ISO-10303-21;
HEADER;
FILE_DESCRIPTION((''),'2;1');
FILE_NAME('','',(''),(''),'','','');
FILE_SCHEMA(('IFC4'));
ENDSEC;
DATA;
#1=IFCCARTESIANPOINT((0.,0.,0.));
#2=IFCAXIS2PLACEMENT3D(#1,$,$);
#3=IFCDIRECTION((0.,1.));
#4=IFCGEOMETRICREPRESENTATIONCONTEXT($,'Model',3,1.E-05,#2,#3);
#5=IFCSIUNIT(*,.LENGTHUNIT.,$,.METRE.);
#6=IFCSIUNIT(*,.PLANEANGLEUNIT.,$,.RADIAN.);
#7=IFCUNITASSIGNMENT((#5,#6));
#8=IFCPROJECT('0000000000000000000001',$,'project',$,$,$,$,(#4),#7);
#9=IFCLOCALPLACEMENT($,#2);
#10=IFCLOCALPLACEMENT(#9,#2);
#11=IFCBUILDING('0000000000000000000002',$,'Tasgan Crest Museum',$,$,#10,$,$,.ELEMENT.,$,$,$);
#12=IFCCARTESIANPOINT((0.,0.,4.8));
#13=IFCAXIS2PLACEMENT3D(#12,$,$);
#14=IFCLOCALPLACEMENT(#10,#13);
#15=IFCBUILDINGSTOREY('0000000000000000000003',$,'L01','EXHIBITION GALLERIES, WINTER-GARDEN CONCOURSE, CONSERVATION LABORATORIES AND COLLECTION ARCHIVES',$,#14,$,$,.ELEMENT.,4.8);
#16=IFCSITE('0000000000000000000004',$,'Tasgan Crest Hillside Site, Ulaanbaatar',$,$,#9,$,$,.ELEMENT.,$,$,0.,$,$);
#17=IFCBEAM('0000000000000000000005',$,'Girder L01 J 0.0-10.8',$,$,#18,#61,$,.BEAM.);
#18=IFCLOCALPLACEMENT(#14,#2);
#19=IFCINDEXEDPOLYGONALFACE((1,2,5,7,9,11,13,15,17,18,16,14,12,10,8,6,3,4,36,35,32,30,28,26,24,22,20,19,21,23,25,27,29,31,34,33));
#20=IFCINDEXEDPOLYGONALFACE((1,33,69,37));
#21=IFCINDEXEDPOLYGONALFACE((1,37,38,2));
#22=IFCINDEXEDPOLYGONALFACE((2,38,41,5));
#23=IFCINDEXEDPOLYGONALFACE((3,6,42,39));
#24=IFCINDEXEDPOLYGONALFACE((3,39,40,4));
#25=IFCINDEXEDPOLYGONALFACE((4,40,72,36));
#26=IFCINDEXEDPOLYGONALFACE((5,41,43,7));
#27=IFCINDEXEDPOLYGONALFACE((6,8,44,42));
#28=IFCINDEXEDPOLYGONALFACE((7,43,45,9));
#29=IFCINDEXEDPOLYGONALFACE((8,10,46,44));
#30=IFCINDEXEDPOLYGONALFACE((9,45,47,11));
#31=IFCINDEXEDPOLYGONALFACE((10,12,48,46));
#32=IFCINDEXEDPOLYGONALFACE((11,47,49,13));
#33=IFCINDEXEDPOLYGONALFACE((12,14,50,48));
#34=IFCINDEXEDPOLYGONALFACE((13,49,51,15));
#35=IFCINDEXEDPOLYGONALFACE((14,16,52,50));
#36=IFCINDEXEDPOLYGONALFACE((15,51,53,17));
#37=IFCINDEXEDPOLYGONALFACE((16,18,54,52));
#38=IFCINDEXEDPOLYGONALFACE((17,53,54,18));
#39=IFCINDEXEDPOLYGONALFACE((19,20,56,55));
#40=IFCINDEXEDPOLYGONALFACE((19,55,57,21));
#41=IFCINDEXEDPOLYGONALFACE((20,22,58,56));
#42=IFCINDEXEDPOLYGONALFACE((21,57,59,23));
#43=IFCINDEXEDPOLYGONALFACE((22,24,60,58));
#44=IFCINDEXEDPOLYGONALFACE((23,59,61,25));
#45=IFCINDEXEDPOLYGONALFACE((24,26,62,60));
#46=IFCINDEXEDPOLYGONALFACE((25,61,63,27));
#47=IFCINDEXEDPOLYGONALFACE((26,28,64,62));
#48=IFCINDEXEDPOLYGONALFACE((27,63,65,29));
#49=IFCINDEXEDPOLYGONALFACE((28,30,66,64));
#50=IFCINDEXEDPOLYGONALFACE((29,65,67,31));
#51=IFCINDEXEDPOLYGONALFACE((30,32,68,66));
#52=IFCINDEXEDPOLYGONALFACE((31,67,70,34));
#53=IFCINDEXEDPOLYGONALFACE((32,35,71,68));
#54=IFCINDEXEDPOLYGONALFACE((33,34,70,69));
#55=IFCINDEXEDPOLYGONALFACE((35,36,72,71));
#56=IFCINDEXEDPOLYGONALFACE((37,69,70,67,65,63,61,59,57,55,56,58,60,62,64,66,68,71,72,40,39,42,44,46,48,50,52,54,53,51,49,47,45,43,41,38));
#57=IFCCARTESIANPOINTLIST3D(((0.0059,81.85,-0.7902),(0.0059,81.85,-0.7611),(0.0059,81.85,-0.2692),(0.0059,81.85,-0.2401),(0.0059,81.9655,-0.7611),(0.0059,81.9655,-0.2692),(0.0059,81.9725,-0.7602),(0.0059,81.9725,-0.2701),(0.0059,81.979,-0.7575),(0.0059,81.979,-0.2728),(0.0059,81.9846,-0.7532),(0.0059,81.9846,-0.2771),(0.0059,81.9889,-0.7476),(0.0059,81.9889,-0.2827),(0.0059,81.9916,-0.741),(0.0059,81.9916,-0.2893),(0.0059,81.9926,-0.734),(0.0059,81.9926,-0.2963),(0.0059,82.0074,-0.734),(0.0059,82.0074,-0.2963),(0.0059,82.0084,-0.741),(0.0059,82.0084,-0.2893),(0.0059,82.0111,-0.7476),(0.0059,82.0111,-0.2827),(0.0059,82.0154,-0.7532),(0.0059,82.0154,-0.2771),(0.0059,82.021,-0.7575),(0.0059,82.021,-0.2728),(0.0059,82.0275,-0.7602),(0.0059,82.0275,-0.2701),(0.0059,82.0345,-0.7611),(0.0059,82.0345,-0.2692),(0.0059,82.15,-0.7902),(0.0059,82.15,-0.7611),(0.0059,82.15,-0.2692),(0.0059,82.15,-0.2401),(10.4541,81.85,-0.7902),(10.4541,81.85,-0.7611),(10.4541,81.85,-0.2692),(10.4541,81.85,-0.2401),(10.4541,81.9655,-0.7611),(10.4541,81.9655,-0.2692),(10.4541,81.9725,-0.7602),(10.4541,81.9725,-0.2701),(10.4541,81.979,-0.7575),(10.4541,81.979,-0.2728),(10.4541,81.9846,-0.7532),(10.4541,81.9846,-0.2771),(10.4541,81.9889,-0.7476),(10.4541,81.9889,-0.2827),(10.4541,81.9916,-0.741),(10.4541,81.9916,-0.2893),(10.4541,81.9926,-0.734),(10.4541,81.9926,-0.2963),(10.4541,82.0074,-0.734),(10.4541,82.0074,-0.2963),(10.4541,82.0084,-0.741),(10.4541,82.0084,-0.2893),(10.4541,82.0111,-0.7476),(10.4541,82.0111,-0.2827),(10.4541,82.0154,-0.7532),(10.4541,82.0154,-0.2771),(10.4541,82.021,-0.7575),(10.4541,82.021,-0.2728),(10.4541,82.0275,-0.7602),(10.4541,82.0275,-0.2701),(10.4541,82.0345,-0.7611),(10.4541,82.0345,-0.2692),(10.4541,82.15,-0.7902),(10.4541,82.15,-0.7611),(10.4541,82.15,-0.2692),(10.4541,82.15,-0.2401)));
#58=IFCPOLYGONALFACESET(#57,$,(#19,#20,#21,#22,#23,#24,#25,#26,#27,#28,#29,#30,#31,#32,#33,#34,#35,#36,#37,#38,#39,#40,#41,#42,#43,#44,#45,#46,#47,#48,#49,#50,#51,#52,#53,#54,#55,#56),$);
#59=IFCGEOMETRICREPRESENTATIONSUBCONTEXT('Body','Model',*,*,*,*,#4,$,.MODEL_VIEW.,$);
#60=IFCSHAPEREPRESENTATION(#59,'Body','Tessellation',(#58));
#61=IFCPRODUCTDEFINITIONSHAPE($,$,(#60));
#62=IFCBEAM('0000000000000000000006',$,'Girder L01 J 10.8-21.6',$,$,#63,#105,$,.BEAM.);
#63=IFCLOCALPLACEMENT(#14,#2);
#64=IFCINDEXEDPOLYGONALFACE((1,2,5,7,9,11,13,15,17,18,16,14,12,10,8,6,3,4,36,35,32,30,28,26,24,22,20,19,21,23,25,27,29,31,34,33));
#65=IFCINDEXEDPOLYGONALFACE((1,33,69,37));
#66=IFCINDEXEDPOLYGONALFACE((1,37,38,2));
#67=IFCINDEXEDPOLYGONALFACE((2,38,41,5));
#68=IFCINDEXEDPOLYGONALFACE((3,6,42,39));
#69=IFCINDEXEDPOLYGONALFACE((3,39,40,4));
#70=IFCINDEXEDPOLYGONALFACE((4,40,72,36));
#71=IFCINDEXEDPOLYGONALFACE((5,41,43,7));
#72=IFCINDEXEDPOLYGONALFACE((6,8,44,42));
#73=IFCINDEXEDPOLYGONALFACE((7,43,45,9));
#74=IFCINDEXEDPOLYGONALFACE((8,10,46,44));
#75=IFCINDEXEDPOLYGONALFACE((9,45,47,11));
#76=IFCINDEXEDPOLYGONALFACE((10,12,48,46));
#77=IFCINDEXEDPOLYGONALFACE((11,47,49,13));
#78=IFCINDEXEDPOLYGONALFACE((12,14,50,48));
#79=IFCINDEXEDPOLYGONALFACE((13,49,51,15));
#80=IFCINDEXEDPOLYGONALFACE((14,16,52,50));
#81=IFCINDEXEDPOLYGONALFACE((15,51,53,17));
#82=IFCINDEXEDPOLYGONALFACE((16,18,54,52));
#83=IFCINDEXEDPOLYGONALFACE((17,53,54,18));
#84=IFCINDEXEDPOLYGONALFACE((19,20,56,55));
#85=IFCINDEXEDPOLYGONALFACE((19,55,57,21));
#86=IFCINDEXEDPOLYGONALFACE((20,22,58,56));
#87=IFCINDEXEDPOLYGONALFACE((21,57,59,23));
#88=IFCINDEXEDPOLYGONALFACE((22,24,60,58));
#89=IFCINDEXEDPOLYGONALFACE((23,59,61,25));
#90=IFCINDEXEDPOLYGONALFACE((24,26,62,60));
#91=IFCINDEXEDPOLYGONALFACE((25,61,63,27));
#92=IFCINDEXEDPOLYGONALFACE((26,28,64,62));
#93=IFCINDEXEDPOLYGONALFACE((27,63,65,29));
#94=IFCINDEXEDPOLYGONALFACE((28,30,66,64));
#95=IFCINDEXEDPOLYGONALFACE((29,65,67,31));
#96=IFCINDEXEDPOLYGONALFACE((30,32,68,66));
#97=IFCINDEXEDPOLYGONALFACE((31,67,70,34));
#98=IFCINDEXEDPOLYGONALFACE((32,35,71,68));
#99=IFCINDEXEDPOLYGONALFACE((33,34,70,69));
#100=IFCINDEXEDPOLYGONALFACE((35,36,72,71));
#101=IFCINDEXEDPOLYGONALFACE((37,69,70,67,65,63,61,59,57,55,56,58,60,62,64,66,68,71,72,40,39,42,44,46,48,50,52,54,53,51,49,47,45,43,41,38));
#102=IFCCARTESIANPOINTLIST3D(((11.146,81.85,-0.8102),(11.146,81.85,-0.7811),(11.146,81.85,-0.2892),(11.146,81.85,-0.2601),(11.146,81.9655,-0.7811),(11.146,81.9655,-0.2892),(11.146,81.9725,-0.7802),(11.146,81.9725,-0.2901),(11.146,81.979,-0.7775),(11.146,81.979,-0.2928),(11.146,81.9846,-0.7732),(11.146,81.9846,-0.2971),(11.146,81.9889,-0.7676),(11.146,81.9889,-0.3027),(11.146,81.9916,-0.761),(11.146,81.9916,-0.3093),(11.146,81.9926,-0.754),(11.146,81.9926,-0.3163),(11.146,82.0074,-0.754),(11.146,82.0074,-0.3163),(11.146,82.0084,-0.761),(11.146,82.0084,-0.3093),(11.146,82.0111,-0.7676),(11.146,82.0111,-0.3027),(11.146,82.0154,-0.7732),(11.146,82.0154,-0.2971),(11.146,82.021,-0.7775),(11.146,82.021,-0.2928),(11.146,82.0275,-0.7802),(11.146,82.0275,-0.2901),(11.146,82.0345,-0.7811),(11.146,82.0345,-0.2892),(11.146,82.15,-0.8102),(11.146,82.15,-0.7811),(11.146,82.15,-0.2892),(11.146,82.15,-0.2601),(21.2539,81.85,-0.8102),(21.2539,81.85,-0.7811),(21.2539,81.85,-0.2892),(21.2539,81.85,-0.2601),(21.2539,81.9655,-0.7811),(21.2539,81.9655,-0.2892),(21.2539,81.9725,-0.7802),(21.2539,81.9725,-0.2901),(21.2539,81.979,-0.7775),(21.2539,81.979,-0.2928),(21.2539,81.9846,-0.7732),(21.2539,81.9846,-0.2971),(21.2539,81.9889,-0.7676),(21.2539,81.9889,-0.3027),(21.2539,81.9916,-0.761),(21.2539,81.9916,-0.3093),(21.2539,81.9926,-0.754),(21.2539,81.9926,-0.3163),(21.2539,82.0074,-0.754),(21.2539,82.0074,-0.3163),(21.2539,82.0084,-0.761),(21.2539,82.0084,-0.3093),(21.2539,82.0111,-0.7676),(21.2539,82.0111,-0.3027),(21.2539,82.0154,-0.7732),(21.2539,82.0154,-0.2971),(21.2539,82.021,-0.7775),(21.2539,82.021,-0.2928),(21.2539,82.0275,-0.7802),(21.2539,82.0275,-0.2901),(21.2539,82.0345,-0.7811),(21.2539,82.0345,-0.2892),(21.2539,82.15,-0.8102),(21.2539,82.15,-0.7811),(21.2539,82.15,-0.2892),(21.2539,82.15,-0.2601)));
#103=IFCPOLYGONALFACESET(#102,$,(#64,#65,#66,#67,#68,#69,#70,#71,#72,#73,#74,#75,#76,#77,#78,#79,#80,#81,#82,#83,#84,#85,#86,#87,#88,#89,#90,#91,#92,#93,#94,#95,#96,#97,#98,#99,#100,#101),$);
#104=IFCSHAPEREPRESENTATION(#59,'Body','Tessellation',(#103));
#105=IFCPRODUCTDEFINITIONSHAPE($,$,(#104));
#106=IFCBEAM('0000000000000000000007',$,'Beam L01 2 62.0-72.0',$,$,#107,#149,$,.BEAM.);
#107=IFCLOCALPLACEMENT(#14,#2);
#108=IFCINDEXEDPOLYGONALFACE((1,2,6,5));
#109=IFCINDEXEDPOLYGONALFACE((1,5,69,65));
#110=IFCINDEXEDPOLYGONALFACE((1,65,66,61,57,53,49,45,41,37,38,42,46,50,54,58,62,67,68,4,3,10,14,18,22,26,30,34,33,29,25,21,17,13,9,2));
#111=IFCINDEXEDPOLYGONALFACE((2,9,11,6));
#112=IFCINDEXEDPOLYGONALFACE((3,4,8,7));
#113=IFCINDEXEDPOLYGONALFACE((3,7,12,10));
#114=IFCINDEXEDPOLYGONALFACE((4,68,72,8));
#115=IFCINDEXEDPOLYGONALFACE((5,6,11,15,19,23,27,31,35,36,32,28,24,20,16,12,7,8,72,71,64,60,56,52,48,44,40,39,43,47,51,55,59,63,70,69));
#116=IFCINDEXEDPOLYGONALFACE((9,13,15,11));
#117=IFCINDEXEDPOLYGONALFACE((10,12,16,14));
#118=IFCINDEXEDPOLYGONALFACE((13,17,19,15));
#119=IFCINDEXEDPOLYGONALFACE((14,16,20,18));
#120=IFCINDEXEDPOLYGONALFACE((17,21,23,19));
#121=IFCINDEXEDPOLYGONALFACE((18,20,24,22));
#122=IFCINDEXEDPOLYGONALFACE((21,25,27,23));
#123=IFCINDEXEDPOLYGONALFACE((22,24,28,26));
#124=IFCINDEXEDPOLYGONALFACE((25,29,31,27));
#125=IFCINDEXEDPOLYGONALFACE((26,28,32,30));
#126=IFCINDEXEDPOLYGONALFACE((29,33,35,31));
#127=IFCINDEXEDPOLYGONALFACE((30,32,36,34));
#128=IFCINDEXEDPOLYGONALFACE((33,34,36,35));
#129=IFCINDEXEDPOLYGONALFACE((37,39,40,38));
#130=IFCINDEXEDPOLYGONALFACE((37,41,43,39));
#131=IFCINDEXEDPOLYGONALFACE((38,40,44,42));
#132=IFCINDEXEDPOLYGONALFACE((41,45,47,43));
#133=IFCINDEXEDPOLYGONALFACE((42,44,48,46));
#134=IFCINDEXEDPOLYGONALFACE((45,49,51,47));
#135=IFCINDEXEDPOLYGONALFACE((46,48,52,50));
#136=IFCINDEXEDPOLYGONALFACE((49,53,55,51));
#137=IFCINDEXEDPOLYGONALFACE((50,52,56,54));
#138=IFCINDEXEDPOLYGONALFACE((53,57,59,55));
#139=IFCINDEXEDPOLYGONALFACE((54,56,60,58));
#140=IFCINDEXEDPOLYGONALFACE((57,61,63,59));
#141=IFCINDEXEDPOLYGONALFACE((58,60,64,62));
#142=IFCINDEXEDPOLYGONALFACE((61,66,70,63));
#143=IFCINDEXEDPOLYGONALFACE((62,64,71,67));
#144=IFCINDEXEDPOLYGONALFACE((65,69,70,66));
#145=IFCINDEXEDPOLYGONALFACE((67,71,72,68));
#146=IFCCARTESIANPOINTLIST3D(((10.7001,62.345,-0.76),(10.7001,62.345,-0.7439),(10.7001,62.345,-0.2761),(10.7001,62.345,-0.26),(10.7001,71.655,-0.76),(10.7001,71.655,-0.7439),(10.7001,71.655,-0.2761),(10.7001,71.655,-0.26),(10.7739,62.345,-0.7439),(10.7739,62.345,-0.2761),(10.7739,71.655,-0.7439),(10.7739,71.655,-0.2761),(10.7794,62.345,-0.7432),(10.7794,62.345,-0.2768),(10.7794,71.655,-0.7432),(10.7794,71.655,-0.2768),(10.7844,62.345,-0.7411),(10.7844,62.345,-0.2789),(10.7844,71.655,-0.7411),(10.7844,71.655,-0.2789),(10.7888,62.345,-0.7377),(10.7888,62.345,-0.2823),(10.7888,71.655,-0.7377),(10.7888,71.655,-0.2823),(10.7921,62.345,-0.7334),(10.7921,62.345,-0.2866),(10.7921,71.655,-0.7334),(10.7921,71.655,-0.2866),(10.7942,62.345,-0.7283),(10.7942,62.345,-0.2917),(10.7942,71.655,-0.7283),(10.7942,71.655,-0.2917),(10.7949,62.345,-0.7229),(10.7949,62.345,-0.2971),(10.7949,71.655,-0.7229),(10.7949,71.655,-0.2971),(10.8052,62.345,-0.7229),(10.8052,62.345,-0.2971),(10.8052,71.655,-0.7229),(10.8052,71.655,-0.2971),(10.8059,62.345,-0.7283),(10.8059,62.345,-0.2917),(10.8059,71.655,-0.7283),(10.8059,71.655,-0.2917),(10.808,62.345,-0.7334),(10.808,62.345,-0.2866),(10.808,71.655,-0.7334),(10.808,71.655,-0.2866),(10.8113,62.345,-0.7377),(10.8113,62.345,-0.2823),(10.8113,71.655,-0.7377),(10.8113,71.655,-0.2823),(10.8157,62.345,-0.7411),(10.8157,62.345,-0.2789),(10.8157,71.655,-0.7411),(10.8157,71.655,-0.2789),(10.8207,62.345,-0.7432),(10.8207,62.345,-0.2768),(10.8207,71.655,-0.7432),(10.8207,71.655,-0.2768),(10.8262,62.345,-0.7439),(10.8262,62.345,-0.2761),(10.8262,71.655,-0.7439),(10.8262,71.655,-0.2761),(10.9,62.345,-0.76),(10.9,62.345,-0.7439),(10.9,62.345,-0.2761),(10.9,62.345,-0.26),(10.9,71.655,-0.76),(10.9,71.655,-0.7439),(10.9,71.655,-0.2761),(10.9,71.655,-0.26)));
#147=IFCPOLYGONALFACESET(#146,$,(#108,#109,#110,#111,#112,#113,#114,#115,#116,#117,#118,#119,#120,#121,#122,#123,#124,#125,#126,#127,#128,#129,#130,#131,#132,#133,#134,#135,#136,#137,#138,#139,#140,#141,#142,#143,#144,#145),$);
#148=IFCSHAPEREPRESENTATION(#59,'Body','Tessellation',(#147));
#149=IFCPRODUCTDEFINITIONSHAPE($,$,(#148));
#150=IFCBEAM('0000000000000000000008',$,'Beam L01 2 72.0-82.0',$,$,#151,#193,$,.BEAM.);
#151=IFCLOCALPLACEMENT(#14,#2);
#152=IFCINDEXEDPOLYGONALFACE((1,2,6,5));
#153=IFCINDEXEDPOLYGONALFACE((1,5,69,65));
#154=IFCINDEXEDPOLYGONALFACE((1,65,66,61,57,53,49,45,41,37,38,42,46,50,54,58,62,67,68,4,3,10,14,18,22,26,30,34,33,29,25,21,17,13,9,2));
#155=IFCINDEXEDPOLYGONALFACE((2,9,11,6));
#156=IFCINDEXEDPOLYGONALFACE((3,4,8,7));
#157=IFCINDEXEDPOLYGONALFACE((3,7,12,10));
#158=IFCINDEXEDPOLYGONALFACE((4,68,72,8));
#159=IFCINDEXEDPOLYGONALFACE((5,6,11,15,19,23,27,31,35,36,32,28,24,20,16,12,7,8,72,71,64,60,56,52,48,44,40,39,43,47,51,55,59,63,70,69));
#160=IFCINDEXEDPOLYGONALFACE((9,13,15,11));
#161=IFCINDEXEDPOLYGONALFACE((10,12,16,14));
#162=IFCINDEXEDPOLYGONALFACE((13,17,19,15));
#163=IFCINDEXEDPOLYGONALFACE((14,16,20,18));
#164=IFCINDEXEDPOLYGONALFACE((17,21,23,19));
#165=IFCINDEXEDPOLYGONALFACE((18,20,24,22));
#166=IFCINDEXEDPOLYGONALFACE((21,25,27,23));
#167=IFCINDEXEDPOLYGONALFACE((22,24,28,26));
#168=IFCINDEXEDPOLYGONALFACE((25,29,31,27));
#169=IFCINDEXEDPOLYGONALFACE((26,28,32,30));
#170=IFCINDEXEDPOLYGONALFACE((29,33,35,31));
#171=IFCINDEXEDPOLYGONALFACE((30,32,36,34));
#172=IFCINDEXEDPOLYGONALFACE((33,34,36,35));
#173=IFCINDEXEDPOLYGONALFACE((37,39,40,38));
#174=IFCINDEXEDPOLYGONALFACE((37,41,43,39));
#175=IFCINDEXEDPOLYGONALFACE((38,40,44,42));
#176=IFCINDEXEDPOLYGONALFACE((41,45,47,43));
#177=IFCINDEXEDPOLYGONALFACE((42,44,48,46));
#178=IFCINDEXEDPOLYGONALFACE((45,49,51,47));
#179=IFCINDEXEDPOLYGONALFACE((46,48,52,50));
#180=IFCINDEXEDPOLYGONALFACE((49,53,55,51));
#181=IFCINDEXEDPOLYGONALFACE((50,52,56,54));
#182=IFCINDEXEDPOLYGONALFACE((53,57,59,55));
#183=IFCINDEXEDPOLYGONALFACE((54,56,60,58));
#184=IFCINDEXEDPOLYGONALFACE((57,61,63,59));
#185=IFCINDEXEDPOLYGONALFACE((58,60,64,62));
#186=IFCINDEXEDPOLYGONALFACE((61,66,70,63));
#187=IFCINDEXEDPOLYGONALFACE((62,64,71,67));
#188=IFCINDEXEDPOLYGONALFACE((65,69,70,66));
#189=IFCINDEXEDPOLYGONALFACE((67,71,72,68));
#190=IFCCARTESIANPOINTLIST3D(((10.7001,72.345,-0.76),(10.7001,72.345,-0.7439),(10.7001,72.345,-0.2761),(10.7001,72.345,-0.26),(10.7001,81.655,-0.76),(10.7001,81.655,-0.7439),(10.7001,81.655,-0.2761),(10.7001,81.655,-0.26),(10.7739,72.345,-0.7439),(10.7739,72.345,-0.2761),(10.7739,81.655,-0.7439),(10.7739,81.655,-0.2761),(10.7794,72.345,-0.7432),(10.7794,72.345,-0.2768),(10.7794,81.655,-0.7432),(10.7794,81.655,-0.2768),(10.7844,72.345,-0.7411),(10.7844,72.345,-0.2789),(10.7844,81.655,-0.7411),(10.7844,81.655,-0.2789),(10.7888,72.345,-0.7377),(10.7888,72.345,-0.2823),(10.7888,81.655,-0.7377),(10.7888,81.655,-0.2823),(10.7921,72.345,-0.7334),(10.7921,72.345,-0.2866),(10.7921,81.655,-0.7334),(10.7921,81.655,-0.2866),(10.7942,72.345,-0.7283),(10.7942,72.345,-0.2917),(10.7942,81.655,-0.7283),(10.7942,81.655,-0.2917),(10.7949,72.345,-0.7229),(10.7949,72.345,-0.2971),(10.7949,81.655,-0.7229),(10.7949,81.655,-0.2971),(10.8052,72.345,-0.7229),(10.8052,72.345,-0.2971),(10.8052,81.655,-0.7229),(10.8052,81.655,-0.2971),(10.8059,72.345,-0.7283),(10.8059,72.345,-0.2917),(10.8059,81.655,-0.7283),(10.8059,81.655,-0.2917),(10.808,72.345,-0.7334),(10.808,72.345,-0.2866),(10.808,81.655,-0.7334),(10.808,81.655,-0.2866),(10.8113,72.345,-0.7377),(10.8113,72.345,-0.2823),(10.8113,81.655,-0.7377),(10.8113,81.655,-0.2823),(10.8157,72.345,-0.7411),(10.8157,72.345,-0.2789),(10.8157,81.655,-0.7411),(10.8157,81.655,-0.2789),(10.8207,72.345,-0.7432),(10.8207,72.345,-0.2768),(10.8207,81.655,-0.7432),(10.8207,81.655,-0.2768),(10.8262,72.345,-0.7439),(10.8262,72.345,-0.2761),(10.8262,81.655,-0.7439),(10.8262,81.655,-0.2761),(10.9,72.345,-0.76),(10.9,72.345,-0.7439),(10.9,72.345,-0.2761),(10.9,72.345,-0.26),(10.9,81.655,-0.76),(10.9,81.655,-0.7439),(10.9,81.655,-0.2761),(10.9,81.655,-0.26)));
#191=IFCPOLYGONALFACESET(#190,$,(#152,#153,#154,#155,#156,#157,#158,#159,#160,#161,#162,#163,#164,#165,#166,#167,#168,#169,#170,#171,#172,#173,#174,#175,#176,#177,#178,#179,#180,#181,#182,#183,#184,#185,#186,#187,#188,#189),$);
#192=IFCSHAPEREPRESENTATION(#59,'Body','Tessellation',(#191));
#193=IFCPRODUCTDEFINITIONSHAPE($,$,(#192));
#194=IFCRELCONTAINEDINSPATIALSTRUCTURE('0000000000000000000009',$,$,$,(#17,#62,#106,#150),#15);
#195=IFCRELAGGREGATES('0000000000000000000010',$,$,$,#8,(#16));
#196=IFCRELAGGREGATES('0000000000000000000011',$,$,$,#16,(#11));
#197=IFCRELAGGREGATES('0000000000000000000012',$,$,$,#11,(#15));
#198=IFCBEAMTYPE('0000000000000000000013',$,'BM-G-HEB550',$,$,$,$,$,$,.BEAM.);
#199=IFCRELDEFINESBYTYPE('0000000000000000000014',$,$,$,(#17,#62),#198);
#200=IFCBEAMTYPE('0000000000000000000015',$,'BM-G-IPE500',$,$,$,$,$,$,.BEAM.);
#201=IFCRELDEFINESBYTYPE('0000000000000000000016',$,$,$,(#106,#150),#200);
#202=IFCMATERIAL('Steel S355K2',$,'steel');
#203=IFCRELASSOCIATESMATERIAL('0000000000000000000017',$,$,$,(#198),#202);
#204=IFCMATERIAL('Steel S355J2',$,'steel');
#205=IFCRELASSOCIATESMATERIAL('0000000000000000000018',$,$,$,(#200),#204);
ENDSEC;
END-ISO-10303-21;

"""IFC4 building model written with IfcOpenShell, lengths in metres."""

from ifc_helpers import new_model, si_unit, direction, frame, origin, origin_2d, place, context, subcontext, project, spatial, i_section, extrude, material, material_profile, profile_set, type_object, element, save


model = new_model("IFC4")

# Units and contexts
model_context = context("Model", 3, precision=1e-05, world=origin(), true_north=direction((0.0, 1.0)))
body_context = subcontext(model_context, "Body", "Model", "MODEL_VIEW")
ifc_project = project(units=[si_unit("LENGTHUNIT", "METRE"), si_unit("PLANEANGLEUNIT", "RADIAN")], contexts=[model_context])

# Site, building, storey
site_placement = place(None, origin())
site = spatial("IfcSite", under=ifc_project, at=site_placement, Name="Tasgan Crest Hillside Site, Ulaanbaatar", CompositionType="ELEMENT", RefElevation=0.0)
building_placement = place(site_placement, origin())
building = spatial("IfcBuilding", under=site, at=building_placement, Name="Tasgan Crest Museum", CompositionType="ELEMENT")
storey_placement = place(building_placement, frame((0.0, 0.0, 4.8)))
storey = spatial("IfcBuildingStorey", under=building, at=storey_placement, Name="L01", Description="EXHIBITION GALLERIES, WINTER-GARDEN CONCOURSE, CONSERVATION LABORATORIES AND COLLECTION ARCHIVES", CompositionType="ELEMENT", Elevation=4.8)

# Beams
ifc_material_1 = material(Name="Steel S355K2", Category="steel")
ifc_material_profile_1 = material_profile(ifc_material_1, i_section(OverallWidth=0.3, OverallDepth=0.55, WebThickness=0.0149, FlangeThickness=0.0291, FilletRadius=0.0271, at=origin_2d()), Name="HEB 550")
ifc_profile_set_1 = profile_set([ifc_material_profile_1], Name="Steel S355K2")
beam_type_1 = type_object("IfcBeamType", Name="BM-G-HEB550", PredefinedType="BEAM", material=ifc_profile_set_1)
beam_1_placement = place(storey_placement, frame((0.0059, 82.0, -0.5151), z_axis=(1.0, 0.0, 0.0), x_axis=(0.0, 1.0, 0.0)))
element("IfcBeam", 1, at=beam_1_placement, inside=storey, type_object=beam_type_1, Name="Girder L01 J 0.0-10.8", PredefinedType="BEAM", context=body_context, shape_type="SweptSolid", body=[
    extrude(i_section(OverallWidth=0.3, OverallDepth=0.55, WebThickness=0.0149, FlangeThickness=0.0291, FilletRadius=0.0271, at=origin_2d()), origin(), (0.0, 0.0, 1.0), 10.4482),
])
beam_2_placement = place(storey_placement, frame((11.146, 82.0, -0.5352), z_axis=(1.0, 0.0, 0.0), x_axis=(0.0, 1.0, 0.0)))
element("IfcBeam", 2, at=beam_2_placement, inside=storey, type_object=beam_type_1, Name="Girder L01 J 10.8-21.6", PredefinedType="BEAM", context=body_context, shape_type="SweptSolid", body=[
    extrude(i_section(OverallWidth=0.3, OverallDepth=0.55, WebThickness=0.0149, FlangeThickness=0.0291, FilletRadius=0.0271, at=origin_2d()), origin(), (0.0, 0.0, 1.0), 10.1079),
])
ifc_material_2 = material(Name="Steel S355J2", Category="steel")
ifc_material_profile_2 = material_profile(ifc_material_2, i_section(OverallWidth=0.2, OverallDepth=0.5, WebThickness=0.0103, FlangeThickness=0.0161, FilletRadius=0.021, at=origin_2d()), Name="IPE 500")
ifc_profile_set_2 = profile_set([ifc_material_profile_2], Name="Steel S355J2")
beam_type_2 = type_object("IfcBeamType", Name="BM-G-IPE500", PredefinedType="BEAM", material=ifc_profile_set_2)
for number, where, z_axis, x_axis, name in (
    (3, (10.8, 62.345, -0.51), (0.0, 1.0, 0.0), (-1.0, 0.0, 0.0), "Beam L01 2 62.0-72.0"),
    (4, (10.8, 72.345, -0.51), (0.0, 1.0, 0.0), (-1.0, 0.0, 0.0), "Beam L01 2 72.0-82.0"),
):
    element("IfcBeam", number, at=place(storey_placement, frame(where, z_axis=z_axis, x_axis=x_axis)), inside=storey, type_object=beam_type_2, Name=name, PredefinedType="BEAM", context=body_context, shape_type="SweptSolid", body=[
        extrude(i_section(OverallWidth=0.2, OverallDepth=0.5, WebThickness=0.0103, FlangeThickness=0.0161, FilletRadius=0.021, at=origin_2d()), origin(), (0.0, 0.0, 1.0), 9.3101),
    ])

save(model, "model.ifc")
